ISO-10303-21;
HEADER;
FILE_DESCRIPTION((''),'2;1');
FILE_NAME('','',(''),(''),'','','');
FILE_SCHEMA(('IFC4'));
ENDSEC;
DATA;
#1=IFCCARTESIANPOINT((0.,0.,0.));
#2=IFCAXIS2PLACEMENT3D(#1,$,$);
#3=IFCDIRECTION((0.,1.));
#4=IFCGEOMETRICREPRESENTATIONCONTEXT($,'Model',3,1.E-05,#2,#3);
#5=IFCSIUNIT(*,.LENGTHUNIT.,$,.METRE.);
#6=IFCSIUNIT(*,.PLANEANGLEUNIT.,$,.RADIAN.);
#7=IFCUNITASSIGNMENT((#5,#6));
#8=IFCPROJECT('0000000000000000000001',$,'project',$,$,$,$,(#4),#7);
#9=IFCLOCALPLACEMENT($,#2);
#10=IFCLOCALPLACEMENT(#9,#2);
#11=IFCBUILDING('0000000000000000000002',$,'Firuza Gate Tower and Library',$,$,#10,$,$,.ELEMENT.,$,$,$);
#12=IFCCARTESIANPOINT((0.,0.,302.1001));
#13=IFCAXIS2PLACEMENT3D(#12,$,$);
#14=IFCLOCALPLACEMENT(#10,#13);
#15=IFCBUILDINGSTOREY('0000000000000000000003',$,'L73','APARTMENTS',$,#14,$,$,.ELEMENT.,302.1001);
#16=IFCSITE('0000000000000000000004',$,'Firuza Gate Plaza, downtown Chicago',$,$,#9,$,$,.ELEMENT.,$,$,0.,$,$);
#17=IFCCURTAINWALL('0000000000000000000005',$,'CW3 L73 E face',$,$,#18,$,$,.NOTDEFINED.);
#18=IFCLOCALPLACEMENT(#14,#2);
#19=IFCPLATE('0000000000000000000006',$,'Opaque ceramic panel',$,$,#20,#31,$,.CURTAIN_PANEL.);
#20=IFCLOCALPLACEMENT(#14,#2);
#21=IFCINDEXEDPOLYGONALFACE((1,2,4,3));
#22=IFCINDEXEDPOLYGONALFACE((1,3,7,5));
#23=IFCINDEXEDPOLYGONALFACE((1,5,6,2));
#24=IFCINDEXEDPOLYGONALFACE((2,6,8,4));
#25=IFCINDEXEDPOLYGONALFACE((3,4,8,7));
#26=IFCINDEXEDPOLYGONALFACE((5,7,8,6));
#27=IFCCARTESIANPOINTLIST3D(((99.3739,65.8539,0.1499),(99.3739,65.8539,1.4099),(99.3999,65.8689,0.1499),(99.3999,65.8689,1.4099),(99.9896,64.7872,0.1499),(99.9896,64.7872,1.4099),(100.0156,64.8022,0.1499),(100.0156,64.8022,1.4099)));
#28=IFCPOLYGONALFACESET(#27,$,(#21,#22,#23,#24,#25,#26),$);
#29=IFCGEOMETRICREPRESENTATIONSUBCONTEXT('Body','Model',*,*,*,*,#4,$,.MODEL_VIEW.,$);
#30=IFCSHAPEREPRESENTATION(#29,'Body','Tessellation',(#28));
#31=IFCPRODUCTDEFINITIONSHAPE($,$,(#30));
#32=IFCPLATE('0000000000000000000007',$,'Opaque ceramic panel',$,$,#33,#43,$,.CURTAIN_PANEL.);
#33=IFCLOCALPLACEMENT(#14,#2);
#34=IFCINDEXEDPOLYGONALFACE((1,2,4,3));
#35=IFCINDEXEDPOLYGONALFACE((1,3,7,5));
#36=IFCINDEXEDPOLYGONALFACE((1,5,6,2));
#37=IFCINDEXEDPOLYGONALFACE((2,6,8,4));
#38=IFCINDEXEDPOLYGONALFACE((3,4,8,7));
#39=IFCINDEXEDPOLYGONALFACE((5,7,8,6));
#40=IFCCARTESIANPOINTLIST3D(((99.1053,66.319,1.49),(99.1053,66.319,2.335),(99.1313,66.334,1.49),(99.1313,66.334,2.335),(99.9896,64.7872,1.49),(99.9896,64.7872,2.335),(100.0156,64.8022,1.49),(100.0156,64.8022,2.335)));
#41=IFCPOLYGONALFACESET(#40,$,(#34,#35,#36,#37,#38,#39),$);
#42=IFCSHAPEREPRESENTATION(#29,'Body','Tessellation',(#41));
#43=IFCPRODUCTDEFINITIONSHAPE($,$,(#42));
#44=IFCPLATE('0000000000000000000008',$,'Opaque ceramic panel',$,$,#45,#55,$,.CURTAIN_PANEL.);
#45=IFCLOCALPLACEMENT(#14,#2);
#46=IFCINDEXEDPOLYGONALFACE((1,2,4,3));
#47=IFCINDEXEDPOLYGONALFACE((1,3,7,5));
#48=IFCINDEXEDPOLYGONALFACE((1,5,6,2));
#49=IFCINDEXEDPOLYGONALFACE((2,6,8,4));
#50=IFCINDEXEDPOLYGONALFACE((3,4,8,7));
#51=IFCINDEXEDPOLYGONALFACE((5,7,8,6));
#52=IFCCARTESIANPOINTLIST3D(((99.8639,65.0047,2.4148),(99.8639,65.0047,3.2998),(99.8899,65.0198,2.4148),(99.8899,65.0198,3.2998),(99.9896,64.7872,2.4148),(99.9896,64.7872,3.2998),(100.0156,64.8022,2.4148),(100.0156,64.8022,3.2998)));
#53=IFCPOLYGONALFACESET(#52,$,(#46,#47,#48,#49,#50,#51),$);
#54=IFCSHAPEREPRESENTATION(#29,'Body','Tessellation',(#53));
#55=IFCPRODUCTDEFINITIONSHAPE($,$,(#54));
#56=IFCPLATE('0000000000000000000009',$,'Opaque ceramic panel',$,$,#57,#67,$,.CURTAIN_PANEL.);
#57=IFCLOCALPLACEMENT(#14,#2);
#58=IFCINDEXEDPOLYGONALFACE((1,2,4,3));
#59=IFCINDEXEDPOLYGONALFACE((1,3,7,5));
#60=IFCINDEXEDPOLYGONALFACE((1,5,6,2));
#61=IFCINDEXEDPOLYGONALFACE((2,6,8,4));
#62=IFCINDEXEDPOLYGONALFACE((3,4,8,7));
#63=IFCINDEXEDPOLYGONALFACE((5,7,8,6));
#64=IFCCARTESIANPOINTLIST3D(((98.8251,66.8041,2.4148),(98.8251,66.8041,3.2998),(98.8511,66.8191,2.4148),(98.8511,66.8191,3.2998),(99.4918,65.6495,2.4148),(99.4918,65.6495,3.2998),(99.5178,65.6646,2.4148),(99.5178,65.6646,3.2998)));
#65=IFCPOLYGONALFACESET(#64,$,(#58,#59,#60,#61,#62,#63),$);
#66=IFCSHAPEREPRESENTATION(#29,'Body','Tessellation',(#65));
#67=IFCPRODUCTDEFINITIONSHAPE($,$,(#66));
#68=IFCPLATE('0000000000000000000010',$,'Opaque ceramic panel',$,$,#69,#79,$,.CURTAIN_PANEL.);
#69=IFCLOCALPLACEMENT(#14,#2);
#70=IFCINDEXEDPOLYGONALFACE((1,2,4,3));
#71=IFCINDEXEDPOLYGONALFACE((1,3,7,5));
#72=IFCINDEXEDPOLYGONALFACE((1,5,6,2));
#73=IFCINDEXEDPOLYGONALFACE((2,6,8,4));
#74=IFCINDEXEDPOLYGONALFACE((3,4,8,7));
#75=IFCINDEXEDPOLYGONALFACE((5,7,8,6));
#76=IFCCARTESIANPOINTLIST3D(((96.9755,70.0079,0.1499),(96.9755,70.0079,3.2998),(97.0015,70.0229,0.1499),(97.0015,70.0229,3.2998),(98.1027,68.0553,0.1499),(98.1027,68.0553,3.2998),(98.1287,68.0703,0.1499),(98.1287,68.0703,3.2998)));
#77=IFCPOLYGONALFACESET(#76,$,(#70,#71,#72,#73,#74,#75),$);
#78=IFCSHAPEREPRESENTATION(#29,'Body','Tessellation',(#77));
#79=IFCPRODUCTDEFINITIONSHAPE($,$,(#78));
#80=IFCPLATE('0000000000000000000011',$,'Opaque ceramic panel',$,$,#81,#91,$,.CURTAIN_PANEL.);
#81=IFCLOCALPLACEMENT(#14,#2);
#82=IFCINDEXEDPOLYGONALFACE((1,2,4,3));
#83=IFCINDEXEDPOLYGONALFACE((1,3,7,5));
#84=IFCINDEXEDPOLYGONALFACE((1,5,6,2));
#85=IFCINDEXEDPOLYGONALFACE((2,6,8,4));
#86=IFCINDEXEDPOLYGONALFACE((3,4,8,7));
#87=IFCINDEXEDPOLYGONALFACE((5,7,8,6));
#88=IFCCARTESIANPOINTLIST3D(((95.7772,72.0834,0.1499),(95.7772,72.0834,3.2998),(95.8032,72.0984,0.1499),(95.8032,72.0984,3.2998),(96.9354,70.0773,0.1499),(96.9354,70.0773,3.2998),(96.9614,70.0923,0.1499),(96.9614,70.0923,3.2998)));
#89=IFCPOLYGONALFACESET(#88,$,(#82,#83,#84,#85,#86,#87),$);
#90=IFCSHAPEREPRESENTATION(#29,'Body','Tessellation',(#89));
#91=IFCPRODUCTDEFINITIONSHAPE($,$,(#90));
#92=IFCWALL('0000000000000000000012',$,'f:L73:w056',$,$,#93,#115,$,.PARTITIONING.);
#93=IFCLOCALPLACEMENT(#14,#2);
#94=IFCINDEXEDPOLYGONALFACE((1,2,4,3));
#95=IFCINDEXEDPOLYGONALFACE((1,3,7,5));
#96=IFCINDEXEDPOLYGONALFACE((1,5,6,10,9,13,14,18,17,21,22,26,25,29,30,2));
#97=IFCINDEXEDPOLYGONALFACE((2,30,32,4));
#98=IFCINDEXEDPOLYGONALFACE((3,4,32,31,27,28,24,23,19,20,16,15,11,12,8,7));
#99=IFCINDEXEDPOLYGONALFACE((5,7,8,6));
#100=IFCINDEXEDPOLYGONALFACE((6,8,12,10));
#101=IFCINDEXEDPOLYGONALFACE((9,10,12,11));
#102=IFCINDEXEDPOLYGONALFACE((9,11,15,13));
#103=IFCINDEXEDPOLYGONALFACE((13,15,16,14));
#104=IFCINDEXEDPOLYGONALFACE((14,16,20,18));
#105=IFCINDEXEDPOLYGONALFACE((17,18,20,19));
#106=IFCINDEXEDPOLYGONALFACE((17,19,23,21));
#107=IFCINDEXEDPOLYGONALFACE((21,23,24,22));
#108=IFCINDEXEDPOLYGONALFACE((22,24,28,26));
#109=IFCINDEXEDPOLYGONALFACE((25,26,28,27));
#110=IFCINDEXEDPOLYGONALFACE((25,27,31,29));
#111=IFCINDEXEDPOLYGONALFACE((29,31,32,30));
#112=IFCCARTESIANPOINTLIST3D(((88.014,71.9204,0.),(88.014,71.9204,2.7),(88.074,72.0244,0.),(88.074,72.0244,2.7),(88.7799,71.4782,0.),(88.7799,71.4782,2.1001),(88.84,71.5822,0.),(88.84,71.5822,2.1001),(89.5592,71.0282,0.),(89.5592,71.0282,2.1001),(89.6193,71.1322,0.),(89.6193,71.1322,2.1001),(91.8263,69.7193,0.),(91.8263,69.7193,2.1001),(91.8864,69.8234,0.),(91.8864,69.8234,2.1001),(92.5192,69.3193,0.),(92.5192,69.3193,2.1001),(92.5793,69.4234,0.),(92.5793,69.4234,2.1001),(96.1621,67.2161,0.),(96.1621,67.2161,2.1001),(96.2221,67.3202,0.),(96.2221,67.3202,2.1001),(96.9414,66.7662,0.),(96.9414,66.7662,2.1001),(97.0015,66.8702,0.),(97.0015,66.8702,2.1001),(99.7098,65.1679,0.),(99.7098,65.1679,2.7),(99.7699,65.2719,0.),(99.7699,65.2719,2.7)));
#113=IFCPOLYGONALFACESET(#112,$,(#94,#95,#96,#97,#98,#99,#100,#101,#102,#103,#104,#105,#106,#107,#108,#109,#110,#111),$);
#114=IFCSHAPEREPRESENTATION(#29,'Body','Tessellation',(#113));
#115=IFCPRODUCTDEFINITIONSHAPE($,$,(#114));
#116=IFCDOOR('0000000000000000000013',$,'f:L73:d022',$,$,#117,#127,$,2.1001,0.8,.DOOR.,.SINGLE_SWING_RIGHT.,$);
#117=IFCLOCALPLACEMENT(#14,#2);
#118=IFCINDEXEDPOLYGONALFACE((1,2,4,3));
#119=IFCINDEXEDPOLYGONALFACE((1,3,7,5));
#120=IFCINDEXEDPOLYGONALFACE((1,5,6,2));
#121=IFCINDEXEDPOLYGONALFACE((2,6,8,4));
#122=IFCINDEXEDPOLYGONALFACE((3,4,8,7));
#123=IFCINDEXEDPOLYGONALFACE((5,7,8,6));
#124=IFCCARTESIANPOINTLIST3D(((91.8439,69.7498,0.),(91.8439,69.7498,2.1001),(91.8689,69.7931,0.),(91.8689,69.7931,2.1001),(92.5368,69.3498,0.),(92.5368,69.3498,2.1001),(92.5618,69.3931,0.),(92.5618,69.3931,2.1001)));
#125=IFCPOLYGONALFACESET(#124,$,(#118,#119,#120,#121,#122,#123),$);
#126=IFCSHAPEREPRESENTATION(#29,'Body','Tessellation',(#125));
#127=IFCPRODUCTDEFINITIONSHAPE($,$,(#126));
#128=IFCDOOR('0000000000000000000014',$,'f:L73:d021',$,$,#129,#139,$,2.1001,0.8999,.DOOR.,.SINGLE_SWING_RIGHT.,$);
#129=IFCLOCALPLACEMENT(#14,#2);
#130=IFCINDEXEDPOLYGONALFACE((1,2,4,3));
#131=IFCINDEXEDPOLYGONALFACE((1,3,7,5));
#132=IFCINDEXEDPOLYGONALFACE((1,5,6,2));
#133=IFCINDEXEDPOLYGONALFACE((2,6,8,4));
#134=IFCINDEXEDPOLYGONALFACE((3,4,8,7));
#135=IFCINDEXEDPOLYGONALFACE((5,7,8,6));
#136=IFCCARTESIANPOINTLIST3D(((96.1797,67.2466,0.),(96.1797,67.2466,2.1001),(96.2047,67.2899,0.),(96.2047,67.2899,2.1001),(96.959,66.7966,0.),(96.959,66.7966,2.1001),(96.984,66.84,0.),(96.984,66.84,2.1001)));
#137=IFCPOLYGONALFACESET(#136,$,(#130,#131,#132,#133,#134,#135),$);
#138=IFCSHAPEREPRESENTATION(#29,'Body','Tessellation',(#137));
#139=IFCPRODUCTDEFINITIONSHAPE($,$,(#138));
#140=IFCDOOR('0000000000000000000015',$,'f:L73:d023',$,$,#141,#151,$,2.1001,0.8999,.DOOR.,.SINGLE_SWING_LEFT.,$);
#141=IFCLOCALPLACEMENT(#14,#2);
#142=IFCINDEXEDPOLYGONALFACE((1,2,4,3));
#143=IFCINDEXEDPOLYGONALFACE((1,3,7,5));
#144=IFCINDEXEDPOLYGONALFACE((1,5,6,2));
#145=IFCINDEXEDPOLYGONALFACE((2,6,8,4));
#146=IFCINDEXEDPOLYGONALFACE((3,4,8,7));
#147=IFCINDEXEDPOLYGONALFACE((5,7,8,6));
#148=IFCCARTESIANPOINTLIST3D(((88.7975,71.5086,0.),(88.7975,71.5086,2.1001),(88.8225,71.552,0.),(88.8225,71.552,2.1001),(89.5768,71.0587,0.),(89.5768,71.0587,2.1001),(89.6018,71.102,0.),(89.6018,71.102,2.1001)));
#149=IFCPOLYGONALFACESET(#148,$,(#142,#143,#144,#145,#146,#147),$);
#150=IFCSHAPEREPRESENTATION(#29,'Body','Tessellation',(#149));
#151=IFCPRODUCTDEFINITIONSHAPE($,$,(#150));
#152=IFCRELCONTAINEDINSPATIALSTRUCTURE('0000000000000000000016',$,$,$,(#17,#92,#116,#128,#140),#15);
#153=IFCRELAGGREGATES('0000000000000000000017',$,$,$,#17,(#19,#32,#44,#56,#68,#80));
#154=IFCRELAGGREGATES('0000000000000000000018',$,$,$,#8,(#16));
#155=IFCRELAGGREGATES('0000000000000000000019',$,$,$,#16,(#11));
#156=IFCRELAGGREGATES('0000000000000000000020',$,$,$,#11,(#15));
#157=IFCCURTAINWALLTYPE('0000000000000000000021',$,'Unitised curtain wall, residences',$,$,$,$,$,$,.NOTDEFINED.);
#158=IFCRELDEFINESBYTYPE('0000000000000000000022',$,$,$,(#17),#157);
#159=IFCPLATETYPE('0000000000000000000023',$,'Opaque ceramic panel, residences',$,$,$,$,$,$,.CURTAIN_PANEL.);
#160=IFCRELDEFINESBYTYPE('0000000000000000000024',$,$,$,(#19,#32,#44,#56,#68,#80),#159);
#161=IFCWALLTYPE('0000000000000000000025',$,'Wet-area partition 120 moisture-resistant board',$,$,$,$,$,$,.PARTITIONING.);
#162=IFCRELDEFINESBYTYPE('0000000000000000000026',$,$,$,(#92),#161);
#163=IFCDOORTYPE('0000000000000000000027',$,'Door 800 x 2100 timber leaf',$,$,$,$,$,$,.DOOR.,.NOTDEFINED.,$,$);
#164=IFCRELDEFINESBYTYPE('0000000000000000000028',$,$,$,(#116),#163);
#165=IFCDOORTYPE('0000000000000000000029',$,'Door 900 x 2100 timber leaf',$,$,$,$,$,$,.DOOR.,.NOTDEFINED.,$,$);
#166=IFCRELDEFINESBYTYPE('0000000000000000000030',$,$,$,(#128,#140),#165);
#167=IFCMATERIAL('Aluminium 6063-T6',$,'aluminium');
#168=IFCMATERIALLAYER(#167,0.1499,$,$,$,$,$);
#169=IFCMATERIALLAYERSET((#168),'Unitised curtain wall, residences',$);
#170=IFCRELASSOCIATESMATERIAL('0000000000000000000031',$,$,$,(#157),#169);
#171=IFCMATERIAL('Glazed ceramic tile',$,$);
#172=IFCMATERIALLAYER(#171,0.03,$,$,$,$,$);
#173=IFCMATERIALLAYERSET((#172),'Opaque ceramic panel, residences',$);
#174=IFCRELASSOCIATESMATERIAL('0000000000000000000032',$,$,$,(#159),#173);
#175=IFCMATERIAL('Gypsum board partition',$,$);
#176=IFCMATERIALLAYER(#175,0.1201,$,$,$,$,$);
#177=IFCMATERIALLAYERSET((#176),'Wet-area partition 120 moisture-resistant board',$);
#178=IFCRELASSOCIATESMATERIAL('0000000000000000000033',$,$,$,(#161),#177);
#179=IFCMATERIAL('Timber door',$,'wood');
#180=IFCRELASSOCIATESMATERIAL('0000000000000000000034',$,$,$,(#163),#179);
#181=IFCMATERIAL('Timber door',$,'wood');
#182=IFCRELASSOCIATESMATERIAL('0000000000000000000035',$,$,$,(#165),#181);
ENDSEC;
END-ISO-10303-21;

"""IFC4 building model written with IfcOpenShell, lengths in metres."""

from ifc_helpers import new_model, si_unit, direction, frame, frame_2d, origin, place, context, subcontext, project, spatial, polyline, rectangle, outline, extrude, material, layer, layer_set, type_object, element, fill, aggregate, save


model = new_model("IFC4")

# Units and contexts
model_context = context("Model", 3, precision=1e-05, world=origin(), true_north=direction((0.0, 1.0)))
body_context = subcontext(model_context, "Body", "Model", "MODEL_VIEW")
ifc_project = project(units=[si_unit("LENGTHUNIT", "METRE"), si_unit("PLANEANGLEUNIT", "RADIAN")], contexts=[model_context])

# Site, building, storey
site_placement = place(None, origin())
site = spatial("IfcSite", under=ifc_project, at=site_placement, Name="Firuza Gate Plaza, downtown Chicago", CompositionType="ELEMENT", RefElevation=0.0)
building_placement = place(site_placement, origin())
building = spatial("IfcBuilding", under=site, at=building_placement, Name="Firuza Gate Tower and Library", CompositionType="ELEMENT")
storey_placement = place(building_placement, frame((0.0, 0.0, 302.1001)))
storey = spatial("IfcBuildingStorey", under=building, at=storey_placement, Name="L73", Description="APARTMENTS", CompositionType="ELEMENT", Elevation=302.1001)

# Curtain wall
ifc_material_1 = material(Name="Aluminium 6063-T6", Category="aluminium")
ifc_layer_1 = layer(ifc_material_1, 0.1499)
ifc_layer_set_1 = layer_set([ifc_layer_1], Name="Unitised curtain wall, residences")
curtain_wall_type = type_object("IfcCurtainWallType", Name="Unitised curtain wall, residences", PredefinedType="NOTDEFINED", material=ifc_layer_set_1)
curtain_wall_placement = place(storey_placement, origin())
curtain_wall = element("IfcCurtainWall", 1, at=curtain_wall_placement, inside=storey, type_object=curtain_wall_type, Name="CW3 L73 E face", PredefinedType="NOTDEFINED")

# Plates
ifc_material_2 = material(Name="Glazed ceramic tile")
ifc_layer_2 = layer(ifc_material_2, 0.03)
ifc_layer_set_2 = layer_set([ifc_layer_2], Name="Opaque ceramic panel, residences")
plate_type_1 = type_object("IfcPlateType", Name="Opaque ceramic panel, residences", PredefinedType="CURTAIN_PANEL", material=ifc_layer_set_2)
plate_1_placement = place(storey_placement, frame((100.0156, 64.8022, 0.1499), z_axis=(0.866063, 0.499934, 0.0), x_axis=(-0.499934, 0.866063, 0.0)))
plate_1 = element("IfcPlate", 2, at=plate_1_placement, type_object=plate_type_1, Name="Opaque ceramic panel", PredefinedType="CURTAIN_PANEL", context=body_context, shape_type="SweptSolid", body=[
    extrude(outline(polyline([(0.0, 0.0), (1.2316, 0.0), (1.2316, 1.26), (0.0, 1.26), (0.0, 0.0)])), origin(), (0.0, 0.0, -1.0), 0.03),
])
plate_2_placement = place(storey_placement, frame((100.0156, 64.8022, 1.49), z_axis=(0.866043, 0.499969, 0.0), x_axis=(-0.499969, 0.866043, 0.0)))
plate_2 = element("IfcPlate", 3, at=plate_2_placement, type_object=plate_type_1, Name="Opaque ceramic panel", PredefinedType="CURTAIN_PANEL", context=body_context, shape_type="SweptSolid", body=[
    extrude(outline(polyline([(0.0, 0.0), (1.7687, 0.0), (1.7687, 0.845), (0.0, 0.845), (0.0, 0.0)])), origin(), (0.0, 0.0, -1.0), 0.03),
])
plate_3_placement = place(storey_placement, frame((100.0156, 64.8022, 2.4148), z_axis=(0.865781, 0.500423, 0.0), x_axis=(-0.500423, 0.865781, 0.0)))
plate_3 = element("IfcPlate", 4, at=plate_3_placement, type_object=plate_type_1, Name="Opaque ceramic panel", PredefinedType="CURTAIN_PANEL", context=body_context, shape_type="SweptSolid", body=[
    extrude(outline(polyline([(0.0, 0.0), (0.2513, 0.0), (0.2513, 0.885), (0.0, 0.885), (0.0, 0.0)])), origin(), (0.0, 0.0, -1.0), 0.03),
])
plate_4_placement = place(storey_placement, frame((99.5178, 65.6646, 2.4148), z_axis=(0.865969, 0.500098, 0.0), x_axis=(-0.500098, 0.865969, 0.0)))
plate_4 = element("IfcPlate", 5, at=plate_4_placement, type_object=plate_type_1, Name="Opaque ceramic panel", PredefinedType="CURTAIN_PANEL", context=body_context, shape_type="SweptSolid", body=[
    extrude(outline(polyline([(0.0, 0.0), (1.3332, 0.0), (1.3332, 0.885), (0.0, 0.885), (0.0, 0.0)])), origin(), (0.0, 0.0, -1.0), 0.03),
])
plate_5_placement = place(storey_placement, frame((98.1287, 68.0703, 0.1499), z_axis=(0.866056, 0.499947, 0.0), x_axis=(-0.499947, 0.866056, 0.0)))
plate_5 = element("IfcPlate", 6, at=plate_5_placement, type_object=plate_type_1, Name="Opaque ceramic panel", PredefinedType="CURTAIN_PANEL", context=body_context, shape_type="SweptSolid", body=[
    extrude(outline(polyline([(0.0, 0.0), (2.2546, 0.0), (2.2546, 3.1499), (0.0, 3.1499), (0.0, 0.0)])), origin(), (0.0, 0.0, -1.0), 0.03),
])
plate_6_placement = place(storey_placement, frame((96.9614, 70.0923, 0.1499), z_axis=(0.866029, 0.499993, 0.0), x_axis=(-0.499993, 0.866029, 0.0)))
plate_6 = element("IfcPlate", 7, at=plate_6_placement, type_object=plate_type_1, Name="Opaque ceramic panel", PredefinedType="CURTAIN_PANEL", context=body_context, shape_type="SweptSolid", body=[
    extrude(outline(polyline([(0.0, 0.0), (2.3164, 0.0), (2.3164, 3.1499), (0.0, 3.1499), (0.0, 0.0)])), origin(), (0.0, 0.0, -1.0), 0.03),
])
aggregate(curtain_wall, [plate_1, plate_2, plate_3, plate_4, plate_5, plate_6])

# Wall, openings, doors
ifc_material_3 = material(Name="Gypsum board partition")
ifc_layer_3 = layer(ifc_material_3, 0.1201)
ifc_layer_set_3 = layer_set([ifc_layer_3], Name="Wet-area partition 120 moisture-resistant board")
wall_type = type_object("IfcWallType", Name="Wet-area partition 120 moisture-resistant board", PredefinedType="PARTITIONING", material=ifc_layer_set_3)
wall_placement = place(storey_placement, frame((99.7397, 65.22, 0.0), z_axis=(0.0, 0.0, 1.0), x_axis=(-0.86603, 0.499993, 0.0)))
wall = element("IfcWall", 8, at=wall_placement, inside=storey, type_object=wall_type, Name="f:L73:w056", PredefinedType="PARTITIONING", context=body_context, shape_type="SweptSolid", body=[
    extrude(rectangle(XDim=13.5051, YDim=0.1201, at=frame_2d((6.7524, 0.0))), origin(), (0.0, 0.0, 1.0), 2.7),
])
opening_1_placement = place(wall_placement, frame((3.1965, 0.0, 0.0)))
opening_1 = element("IfcOpeningElement", 9, at=opening_1_placement, cuts=wall, PredefinedType="OPENING", context=body_context, shape_type="SweptSolid", body=[
    extrude(rectangle(XDim=0.8999, YDim=2.1001, at=frame_2d((0.45, 1.05))), frame((0.0, 0.0701, 0.0), z_axis=(0.0, -1.0, 0.0), x_axis=(1.0, 0.0, 0.0)), (0.0, 0.0, 1.0), 0.1401),
])
opening_2_placement = place(wall_placement, frame((8.303, 0.0, 0.0)))
opening_2 = element("IfcOpeningElement", 10, at=opening_2_placement, cuts=wall, PredefinedType="OPENING", context=body_context, shape_type="SweptSolid", body=[
    extrude(rectangle(XDim=0.8, YDim=2.1001, at=frame_2d((0.3999, 1.05))), frame((0.0, 0.0701, 0.0), z_axis=(0.0, -1.0, 0.0), x_axis=(1.0, 0.0, 0.0)), (0.0, 0.0, 1.0), 0.1401),
])
opening_3_placement = place(wall_placement, frame((11.7207, 0.0, 0.0)))
opening_3 = element("IfcOpeningElement", 11, at=opening_3_placement, cuts=wall, PredefinedType="OPENING", context=body_context, shape_type="SweptSolid", body=[
    extrude(rectangle(XDim=0.8999, YDim=2.1001, at=frame_2d((0.45, 1.05))), frame((0.0, 0.0701, 0.0), z_axis=(0.0, -1.0, 0.0), x_axis=(1.0, 0.0, 0.0)), (0.0, 0.0, 1.0), 0.1401),
])
ifc_material_4 = material(Name="Timber door", Category="wood")
door_type_1 = type_object("IfcDoorType", Name="Door 800 x 2100 timber leaf", OperationType="NOTDEFINED", PredefinedType="DOOR", material=ifc_material_4)
door_1_placement = place(opening_2_placement, origin())
door_1 = element("IfcDoor", 12, at=door_1_placement, inside=storey, type_object=door_type_1, Name="f:L73:d022", OperationType="SINGLE_SWING_RIGHT", OverallHeight=2.1001, OverallWidth=0.8, PredefinedType="DOOR", context=body_context, shape_type="SweptSolid", body=[
    extrude(rectangle(XDim=0.8, YDim=2.1001, at=frame_2d((0.3999, 1.05))), frame((0.0, 0.0249, 0.0), z_axis=(0.0, -1.0, 0.0), x_axis=(1.0, 0.0, 0.0)), (0.0, 0.0, 1.0), 0.05),
])
fill(opening_2, door_1)
ifc_material_5 = material(Name="Timber door", Category="wood")
door_type_2 = type_object("IfcDoorType", Name="Door 900 x 2100 timber leaf", OperationType="NOTDEFINED", PredefinedType="DOOR", material=ifc_material_5)
door_2_placement = place(opening_1_placement, origin())
door_2 = element("IfcDoor", 13, at=door_2_placement, inside=storey, type_object=door_type_2, Name="f:L73:d021", OperationType="SINGLE_SWING_RIGHT", OverallHeight=2.1001, OverallWidth=0.8999, PredefinedType="DOOR", context=body_context, shape_type="SweptSolid", body=[
    extrude(rectangle(XDim=0.8999, YDim=2.1001, at=frame_2d((0.45, 1.05))), frame((0.0, 0.0249, 0.0), z_axis=(0.0, -1.0, 0.0), x_axis=(1.0, 0.0, 0.0)), (0.0, 0.0, 1.0), 0.05),
])
fill(opening_1, door_2)
door_3_placement = place(opening_3_placement, origin())
door_3 = element("IfcDoor", 14, at=door_3_placement, inside=storey, type_object=door_type_2, Name="f:L73:d023", OperationType="SINGLE_SWING_LEFT", OverallHeight=2.1001, OverallWidth=0.8999, PredefinedType="DOOR", context=body_context, shape_type="SweptSolid", body=[
    extrude(rectangle(XDim=0.8999, YDim=2.1001, at=frame_2d((0.45, 1.05))), frame((0.0, 0.0249, 0.0), z_axis=(0.0, -1.0, 0.0), x_axis=(1.0, 0.0, 0.0)), (0.0, 0.0, 1.0), 0.05),
])
fill(opening_3, door_3)

save(model, "model.ifc")
